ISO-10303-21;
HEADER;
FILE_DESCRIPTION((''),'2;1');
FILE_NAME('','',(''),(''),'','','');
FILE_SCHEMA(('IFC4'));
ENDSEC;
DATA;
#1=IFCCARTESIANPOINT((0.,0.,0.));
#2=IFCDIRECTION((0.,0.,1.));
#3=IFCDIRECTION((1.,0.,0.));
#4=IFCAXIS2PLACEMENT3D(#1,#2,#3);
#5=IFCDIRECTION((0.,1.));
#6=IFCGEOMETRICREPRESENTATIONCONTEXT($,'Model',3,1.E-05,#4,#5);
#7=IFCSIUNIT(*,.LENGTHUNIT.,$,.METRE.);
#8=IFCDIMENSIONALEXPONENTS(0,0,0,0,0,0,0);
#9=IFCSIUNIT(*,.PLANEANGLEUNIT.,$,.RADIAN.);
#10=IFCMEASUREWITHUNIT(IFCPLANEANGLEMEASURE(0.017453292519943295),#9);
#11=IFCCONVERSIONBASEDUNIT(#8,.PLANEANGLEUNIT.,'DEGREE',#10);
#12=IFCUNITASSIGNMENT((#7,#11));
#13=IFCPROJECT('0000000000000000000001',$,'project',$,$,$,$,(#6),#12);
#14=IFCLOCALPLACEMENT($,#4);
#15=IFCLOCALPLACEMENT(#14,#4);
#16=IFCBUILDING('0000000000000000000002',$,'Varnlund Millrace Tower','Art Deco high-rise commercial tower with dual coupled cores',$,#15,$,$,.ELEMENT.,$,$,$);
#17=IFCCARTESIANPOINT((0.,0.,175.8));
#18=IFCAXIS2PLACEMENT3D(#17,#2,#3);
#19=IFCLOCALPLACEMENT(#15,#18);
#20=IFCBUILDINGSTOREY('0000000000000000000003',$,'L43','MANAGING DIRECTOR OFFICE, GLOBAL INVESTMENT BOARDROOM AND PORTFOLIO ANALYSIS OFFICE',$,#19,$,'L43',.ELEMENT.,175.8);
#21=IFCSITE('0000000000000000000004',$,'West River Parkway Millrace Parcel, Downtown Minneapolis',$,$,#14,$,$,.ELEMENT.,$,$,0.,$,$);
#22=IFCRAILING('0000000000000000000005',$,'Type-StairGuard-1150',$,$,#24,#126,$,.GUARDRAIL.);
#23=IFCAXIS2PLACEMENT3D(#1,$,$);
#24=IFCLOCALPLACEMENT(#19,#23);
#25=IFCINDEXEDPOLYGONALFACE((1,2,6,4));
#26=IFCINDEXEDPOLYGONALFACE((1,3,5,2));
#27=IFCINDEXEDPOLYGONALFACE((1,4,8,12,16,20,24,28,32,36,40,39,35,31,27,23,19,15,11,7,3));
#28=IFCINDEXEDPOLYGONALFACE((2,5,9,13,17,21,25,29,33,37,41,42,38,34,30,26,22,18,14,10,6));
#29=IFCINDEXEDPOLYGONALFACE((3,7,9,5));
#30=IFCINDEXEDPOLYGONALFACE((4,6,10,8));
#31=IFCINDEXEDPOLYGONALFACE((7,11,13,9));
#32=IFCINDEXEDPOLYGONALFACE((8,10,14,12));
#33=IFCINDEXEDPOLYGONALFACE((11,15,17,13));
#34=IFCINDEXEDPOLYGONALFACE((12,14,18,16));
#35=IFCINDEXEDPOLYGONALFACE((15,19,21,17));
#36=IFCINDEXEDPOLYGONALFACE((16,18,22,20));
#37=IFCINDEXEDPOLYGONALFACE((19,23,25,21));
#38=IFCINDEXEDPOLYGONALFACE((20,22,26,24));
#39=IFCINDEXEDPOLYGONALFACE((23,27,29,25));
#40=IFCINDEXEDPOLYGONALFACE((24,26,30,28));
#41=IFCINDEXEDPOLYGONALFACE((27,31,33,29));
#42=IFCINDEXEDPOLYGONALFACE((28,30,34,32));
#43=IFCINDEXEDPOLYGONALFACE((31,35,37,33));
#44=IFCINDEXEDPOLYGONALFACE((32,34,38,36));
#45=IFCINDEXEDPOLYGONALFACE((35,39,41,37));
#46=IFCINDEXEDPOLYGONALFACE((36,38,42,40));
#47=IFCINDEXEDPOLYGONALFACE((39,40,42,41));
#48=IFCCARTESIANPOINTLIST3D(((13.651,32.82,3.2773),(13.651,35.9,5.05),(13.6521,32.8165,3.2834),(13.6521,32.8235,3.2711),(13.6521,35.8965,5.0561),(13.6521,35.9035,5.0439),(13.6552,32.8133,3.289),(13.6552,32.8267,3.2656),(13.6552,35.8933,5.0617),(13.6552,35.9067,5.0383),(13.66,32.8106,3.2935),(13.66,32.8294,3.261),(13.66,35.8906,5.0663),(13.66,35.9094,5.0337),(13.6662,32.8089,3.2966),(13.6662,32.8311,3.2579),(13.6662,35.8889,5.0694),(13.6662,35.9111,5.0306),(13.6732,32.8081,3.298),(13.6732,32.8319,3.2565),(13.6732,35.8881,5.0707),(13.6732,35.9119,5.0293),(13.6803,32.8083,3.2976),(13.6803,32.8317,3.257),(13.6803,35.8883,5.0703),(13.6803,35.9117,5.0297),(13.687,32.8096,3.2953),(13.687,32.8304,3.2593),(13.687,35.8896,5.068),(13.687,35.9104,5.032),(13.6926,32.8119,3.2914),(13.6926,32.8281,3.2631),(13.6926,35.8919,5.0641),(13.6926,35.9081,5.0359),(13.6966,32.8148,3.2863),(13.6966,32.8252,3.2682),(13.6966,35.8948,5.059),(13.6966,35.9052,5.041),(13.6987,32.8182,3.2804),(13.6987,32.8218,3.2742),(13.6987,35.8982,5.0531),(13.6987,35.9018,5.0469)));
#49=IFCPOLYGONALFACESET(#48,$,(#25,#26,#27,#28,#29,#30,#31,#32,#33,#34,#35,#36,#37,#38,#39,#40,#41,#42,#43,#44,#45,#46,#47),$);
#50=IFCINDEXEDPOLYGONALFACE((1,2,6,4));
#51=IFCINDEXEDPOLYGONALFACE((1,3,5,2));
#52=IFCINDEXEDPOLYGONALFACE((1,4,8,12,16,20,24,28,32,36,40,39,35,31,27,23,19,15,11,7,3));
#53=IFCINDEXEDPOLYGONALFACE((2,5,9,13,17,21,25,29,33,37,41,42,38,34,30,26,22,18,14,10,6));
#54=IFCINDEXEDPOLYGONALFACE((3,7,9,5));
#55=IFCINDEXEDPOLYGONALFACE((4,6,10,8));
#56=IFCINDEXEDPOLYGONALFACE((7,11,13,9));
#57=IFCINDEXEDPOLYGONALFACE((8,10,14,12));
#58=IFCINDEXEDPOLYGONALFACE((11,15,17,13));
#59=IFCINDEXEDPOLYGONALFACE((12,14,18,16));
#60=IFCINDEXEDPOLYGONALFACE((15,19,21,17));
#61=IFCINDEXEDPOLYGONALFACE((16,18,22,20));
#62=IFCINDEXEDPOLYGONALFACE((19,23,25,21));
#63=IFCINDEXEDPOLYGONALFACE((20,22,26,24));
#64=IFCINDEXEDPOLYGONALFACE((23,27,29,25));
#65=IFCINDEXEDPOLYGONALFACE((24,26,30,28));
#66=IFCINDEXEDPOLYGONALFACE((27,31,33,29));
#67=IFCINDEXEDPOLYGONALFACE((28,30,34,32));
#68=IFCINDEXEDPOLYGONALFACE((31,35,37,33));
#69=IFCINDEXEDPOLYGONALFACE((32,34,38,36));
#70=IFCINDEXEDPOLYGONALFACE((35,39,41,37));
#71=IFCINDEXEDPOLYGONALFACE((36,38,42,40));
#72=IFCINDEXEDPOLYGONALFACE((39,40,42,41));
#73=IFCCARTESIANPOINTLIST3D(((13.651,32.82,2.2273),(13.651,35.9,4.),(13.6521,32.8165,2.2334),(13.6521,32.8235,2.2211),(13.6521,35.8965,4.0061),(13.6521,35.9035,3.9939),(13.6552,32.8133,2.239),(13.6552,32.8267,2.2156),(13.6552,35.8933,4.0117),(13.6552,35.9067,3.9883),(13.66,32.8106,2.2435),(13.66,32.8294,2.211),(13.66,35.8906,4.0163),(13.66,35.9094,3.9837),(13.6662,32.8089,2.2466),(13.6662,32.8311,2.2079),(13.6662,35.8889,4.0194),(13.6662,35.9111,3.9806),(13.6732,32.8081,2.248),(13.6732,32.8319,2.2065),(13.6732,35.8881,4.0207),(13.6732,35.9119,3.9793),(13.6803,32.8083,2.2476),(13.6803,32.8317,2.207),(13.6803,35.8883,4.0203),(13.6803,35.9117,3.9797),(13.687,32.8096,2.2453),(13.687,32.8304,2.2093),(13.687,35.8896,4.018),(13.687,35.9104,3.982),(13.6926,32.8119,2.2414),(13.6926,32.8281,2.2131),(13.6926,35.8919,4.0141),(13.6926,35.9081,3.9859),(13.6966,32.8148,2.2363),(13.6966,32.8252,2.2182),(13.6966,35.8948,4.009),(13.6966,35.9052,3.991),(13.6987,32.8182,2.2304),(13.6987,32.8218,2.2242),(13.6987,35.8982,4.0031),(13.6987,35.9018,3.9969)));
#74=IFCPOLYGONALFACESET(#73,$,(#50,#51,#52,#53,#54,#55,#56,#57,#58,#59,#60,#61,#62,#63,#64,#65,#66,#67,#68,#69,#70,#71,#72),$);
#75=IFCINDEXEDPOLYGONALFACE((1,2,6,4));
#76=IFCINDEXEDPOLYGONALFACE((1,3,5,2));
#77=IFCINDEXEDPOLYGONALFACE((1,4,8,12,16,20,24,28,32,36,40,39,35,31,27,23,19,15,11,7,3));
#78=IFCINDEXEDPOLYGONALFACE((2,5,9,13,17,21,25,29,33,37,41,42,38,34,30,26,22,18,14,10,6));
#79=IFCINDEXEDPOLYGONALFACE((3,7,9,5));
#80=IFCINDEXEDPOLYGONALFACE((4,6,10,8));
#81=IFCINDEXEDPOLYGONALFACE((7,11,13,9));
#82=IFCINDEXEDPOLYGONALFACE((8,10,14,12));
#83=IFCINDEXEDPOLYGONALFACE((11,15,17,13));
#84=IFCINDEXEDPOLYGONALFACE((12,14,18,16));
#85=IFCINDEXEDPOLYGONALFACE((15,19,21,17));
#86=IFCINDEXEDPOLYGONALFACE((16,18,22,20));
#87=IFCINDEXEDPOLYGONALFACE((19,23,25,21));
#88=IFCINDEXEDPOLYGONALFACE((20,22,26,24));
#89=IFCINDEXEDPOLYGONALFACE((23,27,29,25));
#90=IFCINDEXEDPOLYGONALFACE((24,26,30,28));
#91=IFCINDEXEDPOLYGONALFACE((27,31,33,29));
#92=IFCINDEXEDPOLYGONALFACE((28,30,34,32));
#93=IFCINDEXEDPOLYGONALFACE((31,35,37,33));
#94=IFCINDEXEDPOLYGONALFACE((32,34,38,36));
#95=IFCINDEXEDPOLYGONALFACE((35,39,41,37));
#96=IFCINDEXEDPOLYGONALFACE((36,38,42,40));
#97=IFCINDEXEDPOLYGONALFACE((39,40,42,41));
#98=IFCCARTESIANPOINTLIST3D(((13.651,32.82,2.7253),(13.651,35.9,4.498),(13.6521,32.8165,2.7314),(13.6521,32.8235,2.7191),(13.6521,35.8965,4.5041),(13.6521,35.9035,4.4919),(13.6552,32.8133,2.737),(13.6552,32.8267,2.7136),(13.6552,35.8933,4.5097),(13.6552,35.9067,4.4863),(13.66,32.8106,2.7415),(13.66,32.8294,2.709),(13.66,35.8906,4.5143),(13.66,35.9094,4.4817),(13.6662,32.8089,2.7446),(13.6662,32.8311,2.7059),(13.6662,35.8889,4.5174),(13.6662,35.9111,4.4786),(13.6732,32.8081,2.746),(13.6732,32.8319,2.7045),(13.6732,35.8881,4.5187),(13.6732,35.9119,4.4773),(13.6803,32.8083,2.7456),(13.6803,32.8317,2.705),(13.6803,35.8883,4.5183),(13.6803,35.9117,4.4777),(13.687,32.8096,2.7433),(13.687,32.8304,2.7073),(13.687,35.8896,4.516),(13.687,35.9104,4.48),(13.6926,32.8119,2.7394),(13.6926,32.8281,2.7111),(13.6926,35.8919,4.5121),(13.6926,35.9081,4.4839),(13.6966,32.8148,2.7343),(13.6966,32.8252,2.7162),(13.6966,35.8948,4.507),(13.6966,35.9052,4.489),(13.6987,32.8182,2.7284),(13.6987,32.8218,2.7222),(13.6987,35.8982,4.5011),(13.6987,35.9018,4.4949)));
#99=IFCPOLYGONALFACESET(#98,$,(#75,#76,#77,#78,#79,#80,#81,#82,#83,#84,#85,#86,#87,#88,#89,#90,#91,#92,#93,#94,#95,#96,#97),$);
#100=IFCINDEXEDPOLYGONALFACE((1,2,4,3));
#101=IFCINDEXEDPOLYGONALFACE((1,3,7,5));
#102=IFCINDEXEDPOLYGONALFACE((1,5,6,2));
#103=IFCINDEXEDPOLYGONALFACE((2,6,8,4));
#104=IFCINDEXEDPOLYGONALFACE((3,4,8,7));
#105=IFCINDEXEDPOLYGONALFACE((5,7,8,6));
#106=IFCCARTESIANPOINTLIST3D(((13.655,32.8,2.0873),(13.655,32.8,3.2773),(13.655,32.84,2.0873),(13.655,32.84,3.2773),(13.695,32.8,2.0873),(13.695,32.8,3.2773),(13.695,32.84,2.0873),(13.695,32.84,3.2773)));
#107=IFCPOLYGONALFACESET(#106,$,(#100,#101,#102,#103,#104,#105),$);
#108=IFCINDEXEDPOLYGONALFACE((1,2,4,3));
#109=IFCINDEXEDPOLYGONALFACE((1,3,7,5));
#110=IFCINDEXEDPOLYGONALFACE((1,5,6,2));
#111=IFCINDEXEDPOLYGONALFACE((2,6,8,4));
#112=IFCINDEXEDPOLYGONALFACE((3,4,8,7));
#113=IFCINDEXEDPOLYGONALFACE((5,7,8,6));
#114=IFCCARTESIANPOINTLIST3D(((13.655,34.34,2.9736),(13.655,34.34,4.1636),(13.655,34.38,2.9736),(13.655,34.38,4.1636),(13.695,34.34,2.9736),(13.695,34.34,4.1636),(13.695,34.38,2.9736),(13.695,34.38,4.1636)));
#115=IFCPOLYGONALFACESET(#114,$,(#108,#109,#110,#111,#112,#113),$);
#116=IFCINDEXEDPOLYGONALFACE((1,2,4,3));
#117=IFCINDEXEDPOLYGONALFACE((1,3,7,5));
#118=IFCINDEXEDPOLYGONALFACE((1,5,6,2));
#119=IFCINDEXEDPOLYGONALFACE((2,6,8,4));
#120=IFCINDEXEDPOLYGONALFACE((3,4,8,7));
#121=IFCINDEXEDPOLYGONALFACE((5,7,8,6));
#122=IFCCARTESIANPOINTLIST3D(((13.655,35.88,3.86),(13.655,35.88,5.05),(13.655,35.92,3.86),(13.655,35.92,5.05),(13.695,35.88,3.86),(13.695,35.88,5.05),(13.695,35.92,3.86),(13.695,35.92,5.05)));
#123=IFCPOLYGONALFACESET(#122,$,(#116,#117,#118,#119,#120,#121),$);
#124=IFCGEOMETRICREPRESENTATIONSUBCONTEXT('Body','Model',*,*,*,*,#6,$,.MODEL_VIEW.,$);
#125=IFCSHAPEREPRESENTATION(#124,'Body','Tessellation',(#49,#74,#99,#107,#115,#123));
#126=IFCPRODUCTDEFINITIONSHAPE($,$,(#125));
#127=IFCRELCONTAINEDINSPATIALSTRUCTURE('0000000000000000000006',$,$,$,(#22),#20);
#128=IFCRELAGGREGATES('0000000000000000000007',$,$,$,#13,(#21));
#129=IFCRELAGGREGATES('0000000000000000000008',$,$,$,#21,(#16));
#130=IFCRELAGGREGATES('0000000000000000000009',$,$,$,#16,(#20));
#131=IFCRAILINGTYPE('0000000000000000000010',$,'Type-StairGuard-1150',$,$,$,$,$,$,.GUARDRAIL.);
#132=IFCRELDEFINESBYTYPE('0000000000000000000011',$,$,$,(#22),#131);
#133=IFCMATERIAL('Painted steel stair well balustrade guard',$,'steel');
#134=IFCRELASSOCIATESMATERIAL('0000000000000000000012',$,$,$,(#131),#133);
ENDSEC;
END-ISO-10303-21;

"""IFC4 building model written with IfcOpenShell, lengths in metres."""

from ifc_helpers import new_model, entity, si_unit, converted_unit, direction, frame, origin_with_axes, origin_2d_with_axis, place, context, subcontext, project, spatial, rectangle, circle, extrude, material, type_object, element, save


model = new_model("IFC4")

# Units and contexts
model_context = context("Model", 3, precision=1e-05, world=origin_with_axes(), true_north=direction((0.0, 1.0)))
body_context = subcontext(model_context, "Body", "Model", "MODEL_VIEW")
ifc_project = project(units=[si_unit("LENGTHUNIT", "METRE"), converted_unit("PLANEANGLEUNIT", "DEGREE", entity("IfcPlaneAngleMeasure", 0.017453292519943295), si_unit("PLANEANGLEUNIT", "RADIAN"), dimensions=[0, 0, 0, 0, 0, 0, 0])], contexts=[model_context])

# Site, building, storey
site_placement = place(None, origin_with_axes())
site = spatial("IfcSite", under=ifc_project, at=site_placement, Name="West River Parkway Millrace Parcel, Downtown Minneapolis", CompositionType="ELEMENT", RefElevation=0.0)
building_placement = place(site_placement, origin_with_axes())
building = spatial("IfcBuilding", under=site, at=building_placement, Name="Varnlund Millrace Tower", Description="Art Deco high-rise commercial tower with dual coupled cores", CompositionType="ELEMENT")
storey_placement = place(building_placement, frame((0.0, 0.0, 175.8), z_axis=(0.0, 0.0, 1.0), x_axis=(1.0, 0.0, 0.0)))
storey = spatial("IfcBuildingStorey", under=building, at=storey_placement, Name="L43", Description="MANAGING DIRECTOR OFFICE, GLOBAL INVESTMENT BOARDROOM AND PORTFOLIO ANALYSIS OFFICE", LongName="L43", CompositionType="ELEMENT", Elevation=175.8)

# Railing
ifc_material_1 = material(Name="Painted steel stair well balustrade guard", Category="steel")
railing_type_1 = type_object("IfcRailingType", Name="Type-StairGuard-1150", PredefinedType="GUARDRAIL", material=ifc_material_1)
railing_1_placement = place(storey_placement, frame((0.0, 0.0, -175.8), z_axis=(0.0, 0.0, 1.0), x_axis=(1.0, 0.0, 0.0)))
element("IfcRailing", 1, at=railing_1_placement, inside=storey, type_object=railing_type_1, Name="Type-StairGuard-1150", PredefinedType="GUARDRAIL", context=body_context, shape_type="SweptSolid", body=[
    extrude(circle(Radius=0.024, at=origin_2d_with_axis()), frame((13.675, 32.82, 179.0773), z_axis=(0.0, 0.866696, 0.498836), x_axis=(-1.0, 0.0, 0.0)), (0.0, 0.0, 1.0), 3.5537),
    extrude(circle(Radius=0.024, at=origin_2d_with_axis()), frame((13.675, 32.82, 178.0273), z_axis=(0.0, 0.866696, 0.498836), x_axis=(-1.0, 0.0, 0.0)), (0.0, 0.0, 1.0), 3.5537),
    extrude(circle(Radius=0.024, at=origin_2d_with_axis()), frame((13.675, 32.82, 178.5253), z_axis=(0.0, 0.866696, 0.498836), x_axis=(-1.0, 0.0, 0.0)), (0.0, 0.0, 1.0), 3.5537),
    extrude(rectangle(XDim=0.04, YDim=0.04, at=origin_2d_with_axis()), frame((13.675, 32.82, 177.8873), z_axis=(0.0, 0.0, 1.0), x_axis=(1.0, 0.0, 0.0)), (0.0, 0.0, 1.0), 1.19),
    extrude(rectangle(XDim=0.04, YDim=0.04, at=origin_2d_with_axis()), frame((13.675, 34.36, 178.7736), z_axis=(0.0, 0.0, 1.0), x_axis=(1.0, 0.0, 0.0)), (0.0, 0.0, 1.0), 1.19),
    extrude(rectangle(XDim=0.04, YDim=0.04, at=origin_2d_with_axis()), frame((13.675, 35.9, 179.66), z_axis=(0.0, 0.0, 1.0), x_axis=(1.0, 0.0, 0.0)), (0.0, 0.0, 1.0), 1.19),
])

save(model, "model.ifc")
